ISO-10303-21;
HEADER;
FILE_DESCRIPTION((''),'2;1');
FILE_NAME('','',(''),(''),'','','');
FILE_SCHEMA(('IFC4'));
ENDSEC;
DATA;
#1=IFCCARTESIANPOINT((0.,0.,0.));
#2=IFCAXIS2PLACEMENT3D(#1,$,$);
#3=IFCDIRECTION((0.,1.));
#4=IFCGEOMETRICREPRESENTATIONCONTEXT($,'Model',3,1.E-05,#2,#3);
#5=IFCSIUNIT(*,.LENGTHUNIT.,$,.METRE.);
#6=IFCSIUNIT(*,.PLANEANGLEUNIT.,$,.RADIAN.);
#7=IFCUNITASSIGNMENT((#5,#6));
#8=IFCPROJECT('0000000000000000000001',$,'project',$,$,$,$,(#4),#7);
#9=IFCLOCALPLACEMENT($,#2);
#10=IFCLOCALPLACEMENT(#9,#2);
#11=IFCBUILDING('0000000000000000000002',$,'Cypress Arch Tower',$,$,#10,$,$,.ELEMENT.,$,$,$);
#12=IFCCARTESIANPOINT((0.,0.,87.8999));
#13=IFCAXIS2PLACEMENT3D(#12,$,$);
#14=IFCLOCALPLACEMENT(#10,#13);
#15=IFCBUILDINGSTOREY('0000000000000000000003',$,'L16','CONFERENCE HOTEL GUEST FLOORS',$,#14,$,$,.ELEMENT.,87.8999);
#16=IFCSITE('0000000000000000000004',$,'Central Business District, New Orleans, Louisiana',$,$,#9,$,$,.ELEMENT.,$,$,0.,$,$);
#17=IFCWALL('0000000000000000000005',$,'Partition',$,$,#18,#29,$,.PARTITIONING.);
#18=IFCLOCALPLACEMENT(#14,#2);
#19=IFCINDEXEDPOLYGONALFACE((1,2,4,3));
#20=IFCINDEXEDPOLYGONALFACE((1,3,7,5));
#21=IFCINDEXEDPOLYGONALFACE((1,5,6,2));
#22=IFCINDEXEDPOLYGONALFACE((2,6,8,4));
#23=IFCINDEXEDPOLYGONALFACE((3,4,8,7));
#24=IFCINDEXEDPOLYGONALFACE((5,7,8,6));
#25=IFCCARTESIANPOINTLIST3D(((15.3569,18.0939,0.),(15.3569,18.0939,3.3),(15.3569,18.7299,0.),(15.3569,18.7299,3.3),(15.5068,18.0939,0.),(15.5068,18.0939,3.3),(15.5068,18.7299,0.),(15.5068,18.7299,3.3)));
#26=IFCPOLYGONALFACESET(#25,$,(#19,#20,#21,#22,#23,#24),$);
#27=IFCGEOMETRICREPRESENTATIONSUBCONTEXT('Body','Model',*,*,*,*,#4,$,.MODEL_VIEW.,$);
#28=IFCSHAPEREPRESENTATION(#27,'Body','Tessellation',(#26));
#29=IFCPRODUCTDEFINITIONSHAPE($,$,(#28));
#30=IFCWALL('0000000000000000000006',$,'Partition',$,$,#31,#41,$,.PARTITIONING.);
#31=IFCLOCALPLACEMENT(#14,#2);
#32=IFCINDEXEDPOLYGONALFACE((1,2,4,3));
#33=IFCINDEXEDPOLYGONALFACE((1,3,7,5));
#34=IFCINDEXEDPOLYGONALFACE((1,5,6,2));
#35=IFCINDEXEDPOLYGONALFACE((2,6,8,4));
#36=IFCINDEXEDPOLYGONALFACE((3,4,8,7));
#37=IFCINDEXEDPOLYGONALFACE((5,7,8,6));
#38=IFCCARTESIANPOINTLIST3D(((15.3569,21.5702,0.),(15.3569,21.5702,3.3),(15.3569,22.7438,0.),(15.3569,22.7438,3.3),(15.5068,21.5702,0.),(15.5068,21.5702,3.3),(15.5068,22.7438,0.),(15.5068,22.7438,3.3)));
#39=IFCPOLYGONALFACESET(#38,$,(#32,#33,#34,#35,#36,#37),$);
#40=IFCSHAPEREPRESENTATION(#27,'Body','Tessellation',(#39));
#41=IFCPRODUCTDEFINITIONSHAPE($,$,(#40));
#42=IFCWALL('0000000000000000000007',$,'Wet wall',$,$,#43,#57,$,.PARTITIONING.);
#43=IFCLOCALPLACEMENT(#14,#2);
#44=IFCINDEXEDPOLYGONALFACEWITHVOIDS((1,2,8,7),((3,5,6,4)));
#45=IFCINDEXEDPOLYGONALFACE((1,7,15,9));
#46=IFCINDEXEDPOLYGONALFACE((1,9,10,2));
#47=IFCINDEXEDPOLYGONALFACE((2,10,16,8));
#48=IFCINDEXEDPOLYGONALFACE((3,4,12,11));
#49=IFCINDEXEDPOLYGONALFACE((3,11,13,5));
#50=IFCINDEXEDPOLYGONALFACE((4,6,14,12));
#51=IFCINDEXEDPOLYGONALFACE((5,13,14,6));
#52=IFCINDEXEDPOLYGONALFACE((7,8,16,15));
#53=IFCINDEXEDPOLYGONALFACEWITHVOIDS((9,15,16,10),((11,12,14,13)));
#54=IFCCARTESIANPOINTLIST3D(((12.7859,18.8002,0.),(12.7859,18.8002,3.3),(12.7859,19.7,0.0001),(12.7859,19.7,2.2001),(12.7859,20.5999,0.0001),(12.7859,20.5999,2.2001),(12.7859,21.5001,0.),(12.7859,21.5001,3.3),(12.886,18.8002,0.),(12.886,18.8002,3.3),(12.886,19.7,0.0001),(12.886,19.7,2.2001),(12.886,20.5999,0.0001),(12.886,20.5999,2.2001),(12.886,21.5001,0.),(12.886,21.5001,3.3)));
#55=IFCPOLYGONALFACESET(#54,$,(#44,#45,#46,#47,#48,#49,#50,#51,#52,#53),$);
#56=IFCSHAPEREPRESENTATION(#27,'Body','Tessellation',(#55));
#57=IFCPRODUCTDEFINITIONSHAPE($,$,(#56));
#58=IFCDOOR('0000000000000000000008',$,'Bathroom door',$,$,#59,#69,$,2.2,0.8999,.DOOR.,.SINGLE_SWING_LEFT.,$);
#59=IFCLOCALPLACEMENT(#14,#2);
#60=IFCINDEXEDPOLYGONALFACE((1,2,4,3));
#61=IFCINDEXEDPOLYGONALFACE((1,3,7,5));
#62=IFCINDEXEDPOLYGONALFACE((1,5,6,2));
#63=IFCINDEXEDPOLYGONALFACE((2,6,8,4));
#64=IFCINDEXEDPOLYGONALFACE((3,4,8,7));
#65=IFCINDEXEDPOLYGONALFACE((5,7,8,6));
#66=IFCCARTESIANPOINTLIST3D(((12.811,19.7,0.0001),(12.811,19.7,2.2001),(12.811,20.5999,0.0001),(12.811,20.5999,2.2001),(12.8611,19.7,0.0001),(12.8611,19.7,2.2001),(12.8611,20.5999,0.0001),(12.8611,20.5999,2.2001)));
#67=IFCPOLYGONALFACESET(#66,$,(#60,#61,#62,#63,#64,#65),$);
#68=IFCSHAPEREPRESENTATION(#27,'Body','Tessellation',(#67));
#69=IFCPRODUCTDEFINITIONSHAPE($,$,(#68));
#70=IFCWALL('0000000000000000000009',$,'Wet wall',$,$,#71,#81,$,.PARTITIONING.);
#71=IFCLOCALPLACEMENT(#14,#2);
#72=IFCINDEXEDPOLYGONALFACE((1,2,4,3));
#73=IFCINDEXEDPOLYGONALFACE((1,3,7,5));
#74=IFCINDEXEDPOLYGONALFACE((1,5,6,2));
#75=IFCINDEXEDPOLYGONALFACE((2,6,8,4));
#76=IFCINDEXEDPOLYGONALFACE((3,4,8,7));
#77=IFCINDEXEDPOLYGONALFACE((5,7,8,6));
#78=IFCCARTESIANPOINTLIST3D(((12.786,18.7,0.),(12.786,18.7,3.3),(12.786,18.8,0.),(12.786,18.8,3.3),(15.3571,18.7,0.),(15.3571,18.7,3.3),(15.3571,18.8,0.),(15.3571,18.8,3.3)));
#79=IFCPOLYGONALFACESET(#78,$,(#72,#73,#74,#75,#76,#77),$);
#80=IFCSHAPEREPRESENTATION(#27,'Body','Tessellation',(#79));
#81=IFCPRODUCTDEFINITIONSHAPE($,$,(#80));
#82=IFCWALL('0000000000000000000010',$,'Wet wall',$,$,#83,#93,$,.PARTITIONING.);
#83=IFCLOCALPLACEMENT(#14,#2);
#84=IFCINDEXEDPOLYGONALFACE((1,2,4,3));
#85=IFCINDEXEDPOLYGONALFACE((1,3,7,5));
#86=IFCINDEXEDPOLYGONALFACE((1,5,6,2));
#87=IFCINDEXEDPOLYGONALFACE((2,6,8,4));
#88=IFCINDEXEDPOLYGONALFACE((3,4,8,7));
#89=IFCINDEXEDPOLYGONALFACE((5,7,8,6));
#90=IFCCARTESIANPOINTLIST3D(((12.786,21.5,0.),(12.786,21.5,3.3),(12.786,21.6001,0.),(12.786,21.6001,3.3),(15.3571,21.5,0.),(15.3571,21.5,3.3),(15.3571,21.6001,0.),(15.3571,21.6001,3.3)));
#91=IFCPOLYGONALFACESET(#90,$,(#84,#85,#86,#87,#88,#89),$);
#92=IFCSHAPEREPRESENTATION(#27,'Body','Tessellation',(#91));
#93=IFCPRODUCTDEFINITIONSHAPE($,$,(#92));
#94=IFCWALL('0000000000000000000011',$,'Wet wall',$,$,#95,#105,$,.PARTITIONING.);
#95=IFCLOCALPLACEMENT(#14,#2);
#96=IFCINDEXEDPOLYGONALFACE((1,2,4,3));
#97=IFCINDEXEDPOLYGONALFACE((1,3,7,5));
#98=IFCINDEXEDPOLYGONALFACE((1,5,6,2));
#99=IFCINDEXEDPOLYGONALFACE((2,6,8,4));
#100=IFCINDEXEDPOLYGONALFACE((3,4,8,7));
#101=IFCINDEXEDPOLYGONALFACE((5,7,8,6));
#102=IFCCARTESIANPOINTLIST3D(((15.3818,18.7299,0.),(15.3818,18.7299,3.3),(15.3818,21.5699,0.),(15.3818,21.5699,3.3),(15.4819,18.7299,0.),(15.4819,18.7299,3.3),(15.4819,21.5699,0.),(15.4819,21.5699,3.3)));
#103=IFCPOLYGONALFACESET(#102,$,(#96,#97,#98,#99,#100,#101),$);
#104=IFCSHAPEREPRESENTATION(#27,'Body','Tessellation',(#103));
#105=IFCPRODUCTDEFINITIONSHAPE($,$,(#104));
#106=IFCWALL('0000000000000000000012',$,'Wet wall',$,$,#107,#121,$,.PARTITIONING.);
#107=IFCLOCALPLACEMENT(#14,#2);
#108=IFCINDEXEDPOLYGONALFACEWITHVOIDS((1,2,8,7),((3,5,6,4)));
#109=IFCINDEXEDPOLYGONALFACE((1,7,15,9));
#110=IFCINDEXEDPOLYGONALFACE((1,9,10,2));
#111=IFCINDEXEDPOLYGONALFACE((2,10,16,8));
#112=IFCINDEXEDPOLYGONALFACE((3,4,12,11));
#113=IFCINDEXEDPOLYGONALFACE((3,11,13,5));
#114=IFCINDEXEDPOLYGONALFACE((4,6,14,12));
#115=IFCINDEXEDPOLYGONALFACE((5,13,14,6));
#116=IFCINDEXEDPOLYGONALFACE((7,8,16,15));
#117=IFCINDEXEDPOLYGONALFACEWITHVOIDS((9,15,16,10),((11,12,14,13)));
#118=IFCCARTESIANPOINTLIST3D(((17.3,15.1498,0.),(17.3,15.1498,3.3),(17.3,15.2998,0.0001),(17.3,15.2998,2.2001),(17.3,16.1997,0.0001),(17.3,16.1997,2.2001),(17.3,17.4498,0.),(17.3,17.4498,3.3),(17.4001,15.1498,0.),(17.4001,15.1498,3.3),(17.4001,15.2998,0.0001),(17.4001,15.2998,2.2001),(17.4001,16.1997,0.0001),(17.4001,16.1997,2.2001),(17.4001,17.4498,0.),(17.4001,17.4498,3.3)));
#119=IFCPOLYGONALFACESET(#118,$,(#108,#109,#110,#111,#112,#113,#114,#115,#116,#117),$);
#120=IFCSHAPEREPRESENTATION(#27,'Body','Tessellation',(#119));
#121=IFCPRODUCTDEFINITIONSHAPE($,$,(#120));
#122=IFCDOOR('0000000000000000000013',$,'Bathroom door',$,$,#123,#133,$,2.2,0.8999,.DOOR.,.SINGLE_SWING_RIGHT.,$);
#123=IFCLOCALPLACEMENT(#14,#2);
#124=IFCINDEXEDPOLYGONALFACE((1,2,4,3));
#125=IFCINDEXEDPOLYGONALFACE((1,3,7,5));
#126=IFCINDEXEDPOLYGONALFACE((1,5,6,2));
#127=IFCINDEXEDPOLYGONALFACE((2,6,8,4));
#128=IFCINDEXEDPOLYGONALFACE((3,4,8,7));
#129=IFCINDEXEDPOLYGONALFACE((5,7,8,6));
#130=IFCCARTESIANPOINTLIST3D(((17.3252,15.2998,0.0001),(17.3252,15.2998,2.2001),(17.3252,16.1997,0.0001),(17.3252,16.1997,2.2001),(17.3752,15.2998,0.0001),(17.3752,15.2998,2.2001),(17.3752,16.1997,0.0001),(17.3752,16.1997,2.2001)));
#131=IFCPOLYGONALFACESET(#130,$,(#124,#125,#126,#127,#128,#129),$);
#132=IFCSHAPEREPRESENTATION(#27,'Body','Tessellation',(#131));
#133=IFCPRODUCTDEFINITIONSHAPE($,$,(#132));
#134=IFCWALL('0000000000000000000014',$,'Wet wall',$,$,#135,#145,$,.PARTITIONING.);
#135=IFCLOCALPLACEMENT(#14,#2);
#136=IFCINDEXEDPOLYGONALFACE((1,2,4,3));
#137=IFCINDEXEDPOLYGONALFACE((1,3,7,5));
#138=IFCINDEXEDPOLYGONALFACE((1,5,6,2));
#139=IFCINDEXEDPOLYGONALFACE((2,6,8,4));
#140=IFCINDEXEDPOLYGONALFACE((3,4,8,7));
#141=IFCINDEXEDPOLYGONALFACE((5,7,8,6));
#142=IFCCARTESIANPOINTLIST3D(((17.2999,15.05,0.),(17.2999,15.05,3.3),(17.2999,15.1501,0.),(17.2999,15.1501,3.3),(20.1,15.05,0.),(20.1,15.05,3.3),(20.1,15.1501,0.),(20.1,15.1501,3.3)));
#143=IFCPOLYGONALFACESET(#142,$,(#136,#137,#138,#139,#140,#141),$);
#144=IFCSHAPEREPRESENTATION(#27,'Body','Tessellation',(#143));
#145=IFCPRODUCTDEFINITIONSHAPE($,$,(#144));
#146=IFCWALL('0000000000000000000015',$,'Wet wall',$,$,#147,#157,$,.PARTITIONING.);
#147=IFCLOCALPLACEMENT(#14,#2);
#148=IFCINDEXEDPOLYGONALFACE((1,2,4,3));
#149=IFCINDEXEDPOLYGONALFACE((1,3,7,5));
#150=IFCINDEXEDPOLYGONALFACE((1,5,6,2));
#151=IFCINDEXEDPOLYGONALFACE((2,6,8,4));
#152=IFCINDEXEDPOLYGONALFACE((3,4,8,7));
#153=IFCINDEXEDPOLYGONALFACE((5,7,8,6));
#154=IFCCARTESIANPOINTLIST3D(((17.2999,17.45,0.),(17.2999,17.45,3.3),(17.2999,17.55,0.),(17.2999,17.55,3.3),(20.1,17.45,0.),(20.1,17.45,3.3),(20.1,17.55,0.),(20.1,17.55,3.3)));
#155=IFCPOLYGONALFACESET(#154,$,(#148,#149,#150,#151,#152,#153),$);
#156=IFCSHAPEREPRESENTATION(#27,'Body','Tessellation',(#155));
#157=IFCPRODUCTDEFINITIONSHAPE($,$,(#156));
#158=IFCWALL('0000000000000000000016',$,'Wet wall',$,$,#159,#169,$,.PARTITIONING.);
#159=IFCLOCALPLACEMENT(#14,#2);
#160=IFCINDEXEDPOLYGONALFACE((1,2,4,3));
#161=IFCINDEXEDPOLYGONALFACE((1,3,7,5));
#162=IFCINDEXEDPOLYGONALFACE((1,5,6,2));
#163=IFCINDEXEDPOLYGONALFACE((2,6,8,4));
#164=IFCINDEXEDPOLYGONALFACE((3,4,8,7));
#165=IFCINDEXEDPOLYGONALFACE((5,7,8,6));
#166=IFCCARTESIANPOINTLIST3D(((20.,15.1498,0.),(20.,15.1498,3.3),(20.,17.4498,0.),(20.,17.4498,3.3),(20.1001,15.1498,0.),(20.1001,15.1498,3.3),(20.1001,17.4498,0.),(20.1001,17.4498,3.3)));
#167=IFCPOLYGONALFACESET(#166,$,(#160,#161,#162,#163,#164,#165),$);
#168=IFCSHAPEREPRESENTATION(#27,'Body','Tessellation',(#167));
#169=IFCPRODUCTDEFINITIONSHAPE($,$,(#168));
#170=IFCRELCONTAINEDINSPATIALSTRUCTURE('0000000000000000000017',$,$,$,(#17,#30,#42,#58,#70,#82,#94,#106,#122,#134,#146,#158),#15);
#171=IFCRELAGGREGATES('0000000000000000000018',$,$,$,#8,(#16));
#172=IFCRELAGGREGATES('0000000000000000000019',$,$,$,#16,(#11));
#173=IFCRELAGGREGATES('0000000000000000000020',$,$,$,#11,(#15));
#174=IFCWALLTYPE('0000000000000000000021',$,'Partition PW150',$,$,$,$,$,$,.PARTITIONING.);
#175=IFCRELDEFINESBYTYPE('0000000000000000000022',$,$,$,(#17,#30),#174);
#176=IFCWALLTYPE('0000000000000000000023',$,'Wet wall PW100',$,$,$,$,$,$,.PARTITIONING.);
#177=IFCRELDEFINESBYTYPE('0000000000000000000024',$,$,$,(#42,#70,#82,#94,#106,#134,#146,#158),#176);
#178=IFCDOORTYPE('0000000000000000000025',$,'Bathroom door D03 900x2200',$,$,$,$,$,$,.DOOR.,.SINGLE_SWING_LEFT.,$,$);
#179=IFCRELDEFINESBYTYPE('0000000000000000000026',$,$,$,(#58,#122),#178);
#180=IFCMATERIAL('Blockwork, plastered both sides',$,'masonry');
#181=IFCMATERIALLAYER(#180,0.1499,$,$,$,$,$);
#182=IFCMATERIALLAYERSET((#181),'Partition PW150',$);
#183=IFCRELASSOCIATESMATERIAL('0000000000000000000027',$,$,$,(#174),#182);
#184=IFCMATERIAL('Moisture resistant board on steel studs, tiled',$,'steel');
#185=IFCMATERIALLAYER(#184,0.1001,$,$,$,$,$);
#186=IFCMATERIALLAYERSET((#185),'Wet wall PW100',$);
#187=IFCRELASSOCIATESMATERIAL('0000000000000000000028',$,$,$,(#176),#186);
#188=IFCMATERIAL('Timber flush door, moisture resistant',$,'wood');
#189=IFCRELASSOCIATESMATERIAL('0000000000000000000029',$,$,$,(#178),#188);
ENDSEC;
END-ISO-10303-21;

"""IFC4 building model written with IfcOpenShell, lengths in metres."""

from ifc_helpers import new_model, si_unit, direction, frame, frame_2d, origin, place, context, subcontext, project, spatial, rectangle, extrude, material, layer, layer_set, type_object, element, fill, save


model = new_model("IFC4")

# Units and contexts
model_context = context("Model", 3, precision=1e-05, world=origin(), true_north=direction((0.0, 1.0)))
body_context = subcontext(model_context, "Body", "Model", "MODEL_VIEW")
ifc_project = project(units=[si_unit("LENGTHUNIT", "METRE"), si_unit("PLANEANGLEUNIT", "RADIAN")], contexts=[model_context])

# Site, building, storey
site_placement = place(None, origin())
site = spatial("IfcSite", under=ifc_project, at=site_placement, Name="Central Business District, New Orleans, Louisiana", CompositionType="ELEMENT", RefElevation=0.0)
building_placement = place(site_placement, origin())
building = spatial("IfcBuilding", under=site, at=building_placement, Name="Cypress Arch Tower", CompositionType="ELEMENT")
storey_placement = place(building_placement, frame((0.0, 0.0, 87.8999)))
storey = spatial("IfcBuildingStorey", under=building, at=storey_placement, Name="L16", Description="CONFERENCE HOTEL GUEST FLOORS", CompositionType="ELEMENT", Elevation=87.8999)

# Walls
ifc_material_1 = material(Name="Blockwork, plastered both sides", Category="masonry")
ifc_layer_1 = layer(ifc_material_1, 0.1499)
ifc_layer_set_1 = layer_set([ifc_layer_1], Name="Partition PW150")
wall_type_1 = type_object("IfcWallType", Name="Partition PW150", PredefinedType="PARTITIONING", material=ifc_layer_set_1)
wall_1_placement = place(storey_placement, frame((15.4319, 18.094, 0.0), z_axis=(0.0, 0.0, 1.0), x_axis=(0.0, 1.0, 0.0)))
element("IfcWall", 1, at=wall_1_placement, inside=storey, type_object=wall_type_1, Name="Partition", PredefinedType="PARTITIONING", context=body_context, shape_type="SweptSolid", body=[
    extrude(rectangle(XDim=0.636, YDim=0.1499, at=frame_2d((0.3179, 0.0))), origin(), (0.0, 0.0, 1.0), 3.3),
])
wall_2_placement = place(storey_placement, frame((15.4319, 21.5701, 0.0), z_axis=(0.0, 0.0, 1.0), x_axis=(0.0, 1.0, 0.0)))
element("IfcWall", 2, at=wall_2_placement, inside=storey, type_object=wall_type_1, Name="Partition", PredefinedType="PARTITIONING", context=body_context, shape_type="SweptSolid", body=[
    extrude(rectangle(XDim=1.1736, YDim=0.1499, at=frame_2d((0.5869, 0.0))), origin(), (0.0, 0.0, 1.0), 3.3),
])

# Wall, opening, door
ifc_material_2 = material(Name="Moisture resistant board on steel studs, tiled", Category="steel")
ifc_layer_2 = layer(ifc_material_2, 0.1001)
ifc_layer_set_2 = layer_set([ifc_layer_2], Name="Wet wall PW100")
wall_type_2 = type_object("IfcWallType", Name="Wet wall PW100", PredefinedType="PARTITIONING", material=ifc_layer_set_2)
wall_3_placement = place(storey_placement, frame((12.8359, 18.8, 0.0), z_axis=(0.0, 0.0, 1.0), x_axis=(0.0, 1.0, 0.0)))
wall_3 = element("IfcWall", 3, at=wall_3_placement, inside=storey, type_object=wall_type_2, Name="Wet wall", PredefinedType="PARTITIONING", context=body_context, shape_type="SweptSolid", body=[
    extrude(rectangle(XDim=2.7, YDim=0.1001, at=frame_2d((1.3501, 0.0))), origin(), (0.0, 0.0, 1.0), 3.3),
])
opening_1_placement = place(wall_3_placement, frame((0.8999, 0.0, 0.0)))
opening_1 = element("IfcOpeningElement", 4, at=opening_1_placement, cuts=wall_3, PredefinedType="OPENING", context=body_context, shape_type="SweptSolid", body=[
    extrude(rectangle(XDim=0.8999, YDim=2.2, at=frame_2d((0.45, 1.1001))), frame((0.0, 0.0601, 0.0), z_axis=(0.0, -1.0, 0.0), x_axis=(1.0, 0.0, 0.0)), (0.0, 0.0, 1.0), 0.1201),
])
ifc_material_3 = material(Name="Timber flush door, moisture resistant", Category="wood")
door_type_1 = type_object("IfcDoorType", Name="Bathroom door D03 900x2200", OperationType="SINGLE_SWING_LEFT", PredefinedType="DOOR", material=ifc_material_3)
door_1_placement = place(opening_1_placement, origin())
door_1 = element("IfcDoor", 5, at=door_1_placement, inside=storey, type_object=door_type_1, Name="Bathroom door", OperationType="SINGLE_SWING_LEFT", OverallHeight=2.2, OverallWidth=0.8999, PredefinedType="DOOR", context=body_context, shape_type="SweptSolid", body=[
    extrude(rectangle(XDim=0.8999, YDim=2.2, at=frame_2d((0.45, 1.1001))), frame((0.0, 0.0249, 0.0), z_axis=(0.0, -1.0, 0.0), x_axis=(1.0, 0.0, 0.0)), (0.0, 0.0, 1.0), 0.05),
])
fill(opening_1, door_1)

# Walls
for number, where, z_axis, x_axis, name in (
    (6, (12.7859, 18.75, 0.0), (0.0, 0.0, 1.0), (1.0, 0.0, 0.0), "Wet wall"),
    (7, (12.7859, 21.55, 0.0), (0.0, 0.0, 1.0), (1.0, 0.0, 0.0), "Wet wall"),
):
    element("IfcWall", number, at=place(storey_placement, frame(where, z_axis=z_axis, x_axis=x_axis)), inside=storey, type_object=wall_type_2, Name=name, PredefinedType="PARTITIONING", context=body_context, shape_type="SweptSolid", body=[
        extrude(rectangle(XDim=2.571, YDim=0.1001, at=frame_2d((1.2856, 0.0))), origin(), (0.0, 0.0, 1.0), 3.3),
    ])
wall_4_placement = place(storey_placement, frame((15.4319, 18.73, 0.0), z_axis=(0.0, 0.0, 1.0), x_axis=(0.0, 1.0, 0.0)))
element("IfcWall", 8, at=wall_4_placement, inside=storey, type_object=wall_type_2, Name="Wet wall", PredefinedType="PARTITIONING", context=body_context, shape_type="SweptSolid", body=[
    extrude(rectangle(XDim=2.8401, YDim=0.1001, at=frame_2d((1.4199, 0.0))), origin(), (0.0, 0.0, 1.0), 3.3),
])

# Wall, opening, door
wall_5_placement = place(storey_placement, frame((17.3501, 15.1499, 0.0), z_axis=(0.0, 0.0, 1.0), x_axis=(0.0, 1.0, 0.0)))
wall_5 = element("IfcWall", 9, at=wall_5_placement, inside=storey, type_object=wall_type_2, Name="Wet wall", PredefinedType="PARTITIONING", context=body_context, shape_type="SweptSolid", body=[
    extrude(rectangle(XDim=2.3, YDim=0.1001, at=frame_2d((1.1499, 0.0))), origin(), (0.0, 0.0, 1.0), 3.3),
])
opening_2_placement = place(wall_5_placement, frame((0.1499, 0.0, 0.0)))
opening_2 = element("IfcOpeningElement", 10, at=opening_2_placement, cuts=wall_5, PredefinedType="OPENING", context=body_context, shape_type="SweptSolid", body=[
    extrude(rectangle(XDim=0.8999, YDim=2.2, at=frame_2d((0.45, 1.1001))), frame((0.0, 0.0601, 0.0), z_axis=(0.0, -1.0, 0.0), x_axis=(1.0, 0.0, 0.0)), (0.0, 0.0, 1.0), 0.1201),
])
door_2_placement = place(opening_2_placement, origin())
door_2 = element("IfcDoor", 11, at=door_2_placement, inside=storey, type_object=door_type_1, Name="Bathroom door", OperationType="SINGLE_SWING_RIGHT", OverallHeight=2.2, OverallWidth=0.8999, PredefinedType="DOOR", context=body_context, shape_type="SweptSolid", body=[
    extrude(rectangle(XDim=0.8999, YDim=2.2, at=frame_2d((0.45, 1.1001))), frame((0.0, 0.0249, 0.0), z_axis=(0.0, -1.0, 0.0), x_axis=(1.0, 0.0, 0.0)), (0.0, 0.0, 1.0), 0.05),
])
fill(opening_2, door_2)

# Walls
for number, where, z_axis, x_axis, name in (
    (12, (17.3, 15.1001, 0.0), (0.0, 0.0, 1.0), (1.0, 0.0, 0.0), "Wet wall"),
    (13, (17.3, 17.5, 0.0), (0.0, 0.0, 1.0), (1.0, 0.0, 0.0), "Wet wall"),
):
    element("IfcWall", number, at=place(storey_placement, frame(where, z_axis=z_axis, x_axis=x_axis)), inside=storey, type_object=wall_type_2, Name=name, PredefinedType="PARTITIONING", context=body_context, shape_type="SweptSolid", body=[
        extrude(rectangle(XDim=2.8, YDim=0.1001, at=frame_2d((1.3999, 0.0))), origin(), (0.0, 0.0, 1.0), 3.3),
    ])
wall_6_placement = place(storey_placement, frame((20.05, 15.1499, 0.0), z_axis=(0.0, 0.0, 1.0), x_axis=(0.0, 1.0, 0.0)))
element("IfcWall", 14, at=wall_6_placement, inside=storey, type_object=wall_type_2, Name="Wet wall", PredefinedType="PARTITIONING", context=body_context, shape_type="SweptSolid", body=[
    extrude(rectangle(XDim=2.3, YDim=0.1001, at=frame_2d((1.1499, 0.0))), origin(), (0.0, 0.0, 1.0), 3.3),
])

save(model, "model.ifc")
